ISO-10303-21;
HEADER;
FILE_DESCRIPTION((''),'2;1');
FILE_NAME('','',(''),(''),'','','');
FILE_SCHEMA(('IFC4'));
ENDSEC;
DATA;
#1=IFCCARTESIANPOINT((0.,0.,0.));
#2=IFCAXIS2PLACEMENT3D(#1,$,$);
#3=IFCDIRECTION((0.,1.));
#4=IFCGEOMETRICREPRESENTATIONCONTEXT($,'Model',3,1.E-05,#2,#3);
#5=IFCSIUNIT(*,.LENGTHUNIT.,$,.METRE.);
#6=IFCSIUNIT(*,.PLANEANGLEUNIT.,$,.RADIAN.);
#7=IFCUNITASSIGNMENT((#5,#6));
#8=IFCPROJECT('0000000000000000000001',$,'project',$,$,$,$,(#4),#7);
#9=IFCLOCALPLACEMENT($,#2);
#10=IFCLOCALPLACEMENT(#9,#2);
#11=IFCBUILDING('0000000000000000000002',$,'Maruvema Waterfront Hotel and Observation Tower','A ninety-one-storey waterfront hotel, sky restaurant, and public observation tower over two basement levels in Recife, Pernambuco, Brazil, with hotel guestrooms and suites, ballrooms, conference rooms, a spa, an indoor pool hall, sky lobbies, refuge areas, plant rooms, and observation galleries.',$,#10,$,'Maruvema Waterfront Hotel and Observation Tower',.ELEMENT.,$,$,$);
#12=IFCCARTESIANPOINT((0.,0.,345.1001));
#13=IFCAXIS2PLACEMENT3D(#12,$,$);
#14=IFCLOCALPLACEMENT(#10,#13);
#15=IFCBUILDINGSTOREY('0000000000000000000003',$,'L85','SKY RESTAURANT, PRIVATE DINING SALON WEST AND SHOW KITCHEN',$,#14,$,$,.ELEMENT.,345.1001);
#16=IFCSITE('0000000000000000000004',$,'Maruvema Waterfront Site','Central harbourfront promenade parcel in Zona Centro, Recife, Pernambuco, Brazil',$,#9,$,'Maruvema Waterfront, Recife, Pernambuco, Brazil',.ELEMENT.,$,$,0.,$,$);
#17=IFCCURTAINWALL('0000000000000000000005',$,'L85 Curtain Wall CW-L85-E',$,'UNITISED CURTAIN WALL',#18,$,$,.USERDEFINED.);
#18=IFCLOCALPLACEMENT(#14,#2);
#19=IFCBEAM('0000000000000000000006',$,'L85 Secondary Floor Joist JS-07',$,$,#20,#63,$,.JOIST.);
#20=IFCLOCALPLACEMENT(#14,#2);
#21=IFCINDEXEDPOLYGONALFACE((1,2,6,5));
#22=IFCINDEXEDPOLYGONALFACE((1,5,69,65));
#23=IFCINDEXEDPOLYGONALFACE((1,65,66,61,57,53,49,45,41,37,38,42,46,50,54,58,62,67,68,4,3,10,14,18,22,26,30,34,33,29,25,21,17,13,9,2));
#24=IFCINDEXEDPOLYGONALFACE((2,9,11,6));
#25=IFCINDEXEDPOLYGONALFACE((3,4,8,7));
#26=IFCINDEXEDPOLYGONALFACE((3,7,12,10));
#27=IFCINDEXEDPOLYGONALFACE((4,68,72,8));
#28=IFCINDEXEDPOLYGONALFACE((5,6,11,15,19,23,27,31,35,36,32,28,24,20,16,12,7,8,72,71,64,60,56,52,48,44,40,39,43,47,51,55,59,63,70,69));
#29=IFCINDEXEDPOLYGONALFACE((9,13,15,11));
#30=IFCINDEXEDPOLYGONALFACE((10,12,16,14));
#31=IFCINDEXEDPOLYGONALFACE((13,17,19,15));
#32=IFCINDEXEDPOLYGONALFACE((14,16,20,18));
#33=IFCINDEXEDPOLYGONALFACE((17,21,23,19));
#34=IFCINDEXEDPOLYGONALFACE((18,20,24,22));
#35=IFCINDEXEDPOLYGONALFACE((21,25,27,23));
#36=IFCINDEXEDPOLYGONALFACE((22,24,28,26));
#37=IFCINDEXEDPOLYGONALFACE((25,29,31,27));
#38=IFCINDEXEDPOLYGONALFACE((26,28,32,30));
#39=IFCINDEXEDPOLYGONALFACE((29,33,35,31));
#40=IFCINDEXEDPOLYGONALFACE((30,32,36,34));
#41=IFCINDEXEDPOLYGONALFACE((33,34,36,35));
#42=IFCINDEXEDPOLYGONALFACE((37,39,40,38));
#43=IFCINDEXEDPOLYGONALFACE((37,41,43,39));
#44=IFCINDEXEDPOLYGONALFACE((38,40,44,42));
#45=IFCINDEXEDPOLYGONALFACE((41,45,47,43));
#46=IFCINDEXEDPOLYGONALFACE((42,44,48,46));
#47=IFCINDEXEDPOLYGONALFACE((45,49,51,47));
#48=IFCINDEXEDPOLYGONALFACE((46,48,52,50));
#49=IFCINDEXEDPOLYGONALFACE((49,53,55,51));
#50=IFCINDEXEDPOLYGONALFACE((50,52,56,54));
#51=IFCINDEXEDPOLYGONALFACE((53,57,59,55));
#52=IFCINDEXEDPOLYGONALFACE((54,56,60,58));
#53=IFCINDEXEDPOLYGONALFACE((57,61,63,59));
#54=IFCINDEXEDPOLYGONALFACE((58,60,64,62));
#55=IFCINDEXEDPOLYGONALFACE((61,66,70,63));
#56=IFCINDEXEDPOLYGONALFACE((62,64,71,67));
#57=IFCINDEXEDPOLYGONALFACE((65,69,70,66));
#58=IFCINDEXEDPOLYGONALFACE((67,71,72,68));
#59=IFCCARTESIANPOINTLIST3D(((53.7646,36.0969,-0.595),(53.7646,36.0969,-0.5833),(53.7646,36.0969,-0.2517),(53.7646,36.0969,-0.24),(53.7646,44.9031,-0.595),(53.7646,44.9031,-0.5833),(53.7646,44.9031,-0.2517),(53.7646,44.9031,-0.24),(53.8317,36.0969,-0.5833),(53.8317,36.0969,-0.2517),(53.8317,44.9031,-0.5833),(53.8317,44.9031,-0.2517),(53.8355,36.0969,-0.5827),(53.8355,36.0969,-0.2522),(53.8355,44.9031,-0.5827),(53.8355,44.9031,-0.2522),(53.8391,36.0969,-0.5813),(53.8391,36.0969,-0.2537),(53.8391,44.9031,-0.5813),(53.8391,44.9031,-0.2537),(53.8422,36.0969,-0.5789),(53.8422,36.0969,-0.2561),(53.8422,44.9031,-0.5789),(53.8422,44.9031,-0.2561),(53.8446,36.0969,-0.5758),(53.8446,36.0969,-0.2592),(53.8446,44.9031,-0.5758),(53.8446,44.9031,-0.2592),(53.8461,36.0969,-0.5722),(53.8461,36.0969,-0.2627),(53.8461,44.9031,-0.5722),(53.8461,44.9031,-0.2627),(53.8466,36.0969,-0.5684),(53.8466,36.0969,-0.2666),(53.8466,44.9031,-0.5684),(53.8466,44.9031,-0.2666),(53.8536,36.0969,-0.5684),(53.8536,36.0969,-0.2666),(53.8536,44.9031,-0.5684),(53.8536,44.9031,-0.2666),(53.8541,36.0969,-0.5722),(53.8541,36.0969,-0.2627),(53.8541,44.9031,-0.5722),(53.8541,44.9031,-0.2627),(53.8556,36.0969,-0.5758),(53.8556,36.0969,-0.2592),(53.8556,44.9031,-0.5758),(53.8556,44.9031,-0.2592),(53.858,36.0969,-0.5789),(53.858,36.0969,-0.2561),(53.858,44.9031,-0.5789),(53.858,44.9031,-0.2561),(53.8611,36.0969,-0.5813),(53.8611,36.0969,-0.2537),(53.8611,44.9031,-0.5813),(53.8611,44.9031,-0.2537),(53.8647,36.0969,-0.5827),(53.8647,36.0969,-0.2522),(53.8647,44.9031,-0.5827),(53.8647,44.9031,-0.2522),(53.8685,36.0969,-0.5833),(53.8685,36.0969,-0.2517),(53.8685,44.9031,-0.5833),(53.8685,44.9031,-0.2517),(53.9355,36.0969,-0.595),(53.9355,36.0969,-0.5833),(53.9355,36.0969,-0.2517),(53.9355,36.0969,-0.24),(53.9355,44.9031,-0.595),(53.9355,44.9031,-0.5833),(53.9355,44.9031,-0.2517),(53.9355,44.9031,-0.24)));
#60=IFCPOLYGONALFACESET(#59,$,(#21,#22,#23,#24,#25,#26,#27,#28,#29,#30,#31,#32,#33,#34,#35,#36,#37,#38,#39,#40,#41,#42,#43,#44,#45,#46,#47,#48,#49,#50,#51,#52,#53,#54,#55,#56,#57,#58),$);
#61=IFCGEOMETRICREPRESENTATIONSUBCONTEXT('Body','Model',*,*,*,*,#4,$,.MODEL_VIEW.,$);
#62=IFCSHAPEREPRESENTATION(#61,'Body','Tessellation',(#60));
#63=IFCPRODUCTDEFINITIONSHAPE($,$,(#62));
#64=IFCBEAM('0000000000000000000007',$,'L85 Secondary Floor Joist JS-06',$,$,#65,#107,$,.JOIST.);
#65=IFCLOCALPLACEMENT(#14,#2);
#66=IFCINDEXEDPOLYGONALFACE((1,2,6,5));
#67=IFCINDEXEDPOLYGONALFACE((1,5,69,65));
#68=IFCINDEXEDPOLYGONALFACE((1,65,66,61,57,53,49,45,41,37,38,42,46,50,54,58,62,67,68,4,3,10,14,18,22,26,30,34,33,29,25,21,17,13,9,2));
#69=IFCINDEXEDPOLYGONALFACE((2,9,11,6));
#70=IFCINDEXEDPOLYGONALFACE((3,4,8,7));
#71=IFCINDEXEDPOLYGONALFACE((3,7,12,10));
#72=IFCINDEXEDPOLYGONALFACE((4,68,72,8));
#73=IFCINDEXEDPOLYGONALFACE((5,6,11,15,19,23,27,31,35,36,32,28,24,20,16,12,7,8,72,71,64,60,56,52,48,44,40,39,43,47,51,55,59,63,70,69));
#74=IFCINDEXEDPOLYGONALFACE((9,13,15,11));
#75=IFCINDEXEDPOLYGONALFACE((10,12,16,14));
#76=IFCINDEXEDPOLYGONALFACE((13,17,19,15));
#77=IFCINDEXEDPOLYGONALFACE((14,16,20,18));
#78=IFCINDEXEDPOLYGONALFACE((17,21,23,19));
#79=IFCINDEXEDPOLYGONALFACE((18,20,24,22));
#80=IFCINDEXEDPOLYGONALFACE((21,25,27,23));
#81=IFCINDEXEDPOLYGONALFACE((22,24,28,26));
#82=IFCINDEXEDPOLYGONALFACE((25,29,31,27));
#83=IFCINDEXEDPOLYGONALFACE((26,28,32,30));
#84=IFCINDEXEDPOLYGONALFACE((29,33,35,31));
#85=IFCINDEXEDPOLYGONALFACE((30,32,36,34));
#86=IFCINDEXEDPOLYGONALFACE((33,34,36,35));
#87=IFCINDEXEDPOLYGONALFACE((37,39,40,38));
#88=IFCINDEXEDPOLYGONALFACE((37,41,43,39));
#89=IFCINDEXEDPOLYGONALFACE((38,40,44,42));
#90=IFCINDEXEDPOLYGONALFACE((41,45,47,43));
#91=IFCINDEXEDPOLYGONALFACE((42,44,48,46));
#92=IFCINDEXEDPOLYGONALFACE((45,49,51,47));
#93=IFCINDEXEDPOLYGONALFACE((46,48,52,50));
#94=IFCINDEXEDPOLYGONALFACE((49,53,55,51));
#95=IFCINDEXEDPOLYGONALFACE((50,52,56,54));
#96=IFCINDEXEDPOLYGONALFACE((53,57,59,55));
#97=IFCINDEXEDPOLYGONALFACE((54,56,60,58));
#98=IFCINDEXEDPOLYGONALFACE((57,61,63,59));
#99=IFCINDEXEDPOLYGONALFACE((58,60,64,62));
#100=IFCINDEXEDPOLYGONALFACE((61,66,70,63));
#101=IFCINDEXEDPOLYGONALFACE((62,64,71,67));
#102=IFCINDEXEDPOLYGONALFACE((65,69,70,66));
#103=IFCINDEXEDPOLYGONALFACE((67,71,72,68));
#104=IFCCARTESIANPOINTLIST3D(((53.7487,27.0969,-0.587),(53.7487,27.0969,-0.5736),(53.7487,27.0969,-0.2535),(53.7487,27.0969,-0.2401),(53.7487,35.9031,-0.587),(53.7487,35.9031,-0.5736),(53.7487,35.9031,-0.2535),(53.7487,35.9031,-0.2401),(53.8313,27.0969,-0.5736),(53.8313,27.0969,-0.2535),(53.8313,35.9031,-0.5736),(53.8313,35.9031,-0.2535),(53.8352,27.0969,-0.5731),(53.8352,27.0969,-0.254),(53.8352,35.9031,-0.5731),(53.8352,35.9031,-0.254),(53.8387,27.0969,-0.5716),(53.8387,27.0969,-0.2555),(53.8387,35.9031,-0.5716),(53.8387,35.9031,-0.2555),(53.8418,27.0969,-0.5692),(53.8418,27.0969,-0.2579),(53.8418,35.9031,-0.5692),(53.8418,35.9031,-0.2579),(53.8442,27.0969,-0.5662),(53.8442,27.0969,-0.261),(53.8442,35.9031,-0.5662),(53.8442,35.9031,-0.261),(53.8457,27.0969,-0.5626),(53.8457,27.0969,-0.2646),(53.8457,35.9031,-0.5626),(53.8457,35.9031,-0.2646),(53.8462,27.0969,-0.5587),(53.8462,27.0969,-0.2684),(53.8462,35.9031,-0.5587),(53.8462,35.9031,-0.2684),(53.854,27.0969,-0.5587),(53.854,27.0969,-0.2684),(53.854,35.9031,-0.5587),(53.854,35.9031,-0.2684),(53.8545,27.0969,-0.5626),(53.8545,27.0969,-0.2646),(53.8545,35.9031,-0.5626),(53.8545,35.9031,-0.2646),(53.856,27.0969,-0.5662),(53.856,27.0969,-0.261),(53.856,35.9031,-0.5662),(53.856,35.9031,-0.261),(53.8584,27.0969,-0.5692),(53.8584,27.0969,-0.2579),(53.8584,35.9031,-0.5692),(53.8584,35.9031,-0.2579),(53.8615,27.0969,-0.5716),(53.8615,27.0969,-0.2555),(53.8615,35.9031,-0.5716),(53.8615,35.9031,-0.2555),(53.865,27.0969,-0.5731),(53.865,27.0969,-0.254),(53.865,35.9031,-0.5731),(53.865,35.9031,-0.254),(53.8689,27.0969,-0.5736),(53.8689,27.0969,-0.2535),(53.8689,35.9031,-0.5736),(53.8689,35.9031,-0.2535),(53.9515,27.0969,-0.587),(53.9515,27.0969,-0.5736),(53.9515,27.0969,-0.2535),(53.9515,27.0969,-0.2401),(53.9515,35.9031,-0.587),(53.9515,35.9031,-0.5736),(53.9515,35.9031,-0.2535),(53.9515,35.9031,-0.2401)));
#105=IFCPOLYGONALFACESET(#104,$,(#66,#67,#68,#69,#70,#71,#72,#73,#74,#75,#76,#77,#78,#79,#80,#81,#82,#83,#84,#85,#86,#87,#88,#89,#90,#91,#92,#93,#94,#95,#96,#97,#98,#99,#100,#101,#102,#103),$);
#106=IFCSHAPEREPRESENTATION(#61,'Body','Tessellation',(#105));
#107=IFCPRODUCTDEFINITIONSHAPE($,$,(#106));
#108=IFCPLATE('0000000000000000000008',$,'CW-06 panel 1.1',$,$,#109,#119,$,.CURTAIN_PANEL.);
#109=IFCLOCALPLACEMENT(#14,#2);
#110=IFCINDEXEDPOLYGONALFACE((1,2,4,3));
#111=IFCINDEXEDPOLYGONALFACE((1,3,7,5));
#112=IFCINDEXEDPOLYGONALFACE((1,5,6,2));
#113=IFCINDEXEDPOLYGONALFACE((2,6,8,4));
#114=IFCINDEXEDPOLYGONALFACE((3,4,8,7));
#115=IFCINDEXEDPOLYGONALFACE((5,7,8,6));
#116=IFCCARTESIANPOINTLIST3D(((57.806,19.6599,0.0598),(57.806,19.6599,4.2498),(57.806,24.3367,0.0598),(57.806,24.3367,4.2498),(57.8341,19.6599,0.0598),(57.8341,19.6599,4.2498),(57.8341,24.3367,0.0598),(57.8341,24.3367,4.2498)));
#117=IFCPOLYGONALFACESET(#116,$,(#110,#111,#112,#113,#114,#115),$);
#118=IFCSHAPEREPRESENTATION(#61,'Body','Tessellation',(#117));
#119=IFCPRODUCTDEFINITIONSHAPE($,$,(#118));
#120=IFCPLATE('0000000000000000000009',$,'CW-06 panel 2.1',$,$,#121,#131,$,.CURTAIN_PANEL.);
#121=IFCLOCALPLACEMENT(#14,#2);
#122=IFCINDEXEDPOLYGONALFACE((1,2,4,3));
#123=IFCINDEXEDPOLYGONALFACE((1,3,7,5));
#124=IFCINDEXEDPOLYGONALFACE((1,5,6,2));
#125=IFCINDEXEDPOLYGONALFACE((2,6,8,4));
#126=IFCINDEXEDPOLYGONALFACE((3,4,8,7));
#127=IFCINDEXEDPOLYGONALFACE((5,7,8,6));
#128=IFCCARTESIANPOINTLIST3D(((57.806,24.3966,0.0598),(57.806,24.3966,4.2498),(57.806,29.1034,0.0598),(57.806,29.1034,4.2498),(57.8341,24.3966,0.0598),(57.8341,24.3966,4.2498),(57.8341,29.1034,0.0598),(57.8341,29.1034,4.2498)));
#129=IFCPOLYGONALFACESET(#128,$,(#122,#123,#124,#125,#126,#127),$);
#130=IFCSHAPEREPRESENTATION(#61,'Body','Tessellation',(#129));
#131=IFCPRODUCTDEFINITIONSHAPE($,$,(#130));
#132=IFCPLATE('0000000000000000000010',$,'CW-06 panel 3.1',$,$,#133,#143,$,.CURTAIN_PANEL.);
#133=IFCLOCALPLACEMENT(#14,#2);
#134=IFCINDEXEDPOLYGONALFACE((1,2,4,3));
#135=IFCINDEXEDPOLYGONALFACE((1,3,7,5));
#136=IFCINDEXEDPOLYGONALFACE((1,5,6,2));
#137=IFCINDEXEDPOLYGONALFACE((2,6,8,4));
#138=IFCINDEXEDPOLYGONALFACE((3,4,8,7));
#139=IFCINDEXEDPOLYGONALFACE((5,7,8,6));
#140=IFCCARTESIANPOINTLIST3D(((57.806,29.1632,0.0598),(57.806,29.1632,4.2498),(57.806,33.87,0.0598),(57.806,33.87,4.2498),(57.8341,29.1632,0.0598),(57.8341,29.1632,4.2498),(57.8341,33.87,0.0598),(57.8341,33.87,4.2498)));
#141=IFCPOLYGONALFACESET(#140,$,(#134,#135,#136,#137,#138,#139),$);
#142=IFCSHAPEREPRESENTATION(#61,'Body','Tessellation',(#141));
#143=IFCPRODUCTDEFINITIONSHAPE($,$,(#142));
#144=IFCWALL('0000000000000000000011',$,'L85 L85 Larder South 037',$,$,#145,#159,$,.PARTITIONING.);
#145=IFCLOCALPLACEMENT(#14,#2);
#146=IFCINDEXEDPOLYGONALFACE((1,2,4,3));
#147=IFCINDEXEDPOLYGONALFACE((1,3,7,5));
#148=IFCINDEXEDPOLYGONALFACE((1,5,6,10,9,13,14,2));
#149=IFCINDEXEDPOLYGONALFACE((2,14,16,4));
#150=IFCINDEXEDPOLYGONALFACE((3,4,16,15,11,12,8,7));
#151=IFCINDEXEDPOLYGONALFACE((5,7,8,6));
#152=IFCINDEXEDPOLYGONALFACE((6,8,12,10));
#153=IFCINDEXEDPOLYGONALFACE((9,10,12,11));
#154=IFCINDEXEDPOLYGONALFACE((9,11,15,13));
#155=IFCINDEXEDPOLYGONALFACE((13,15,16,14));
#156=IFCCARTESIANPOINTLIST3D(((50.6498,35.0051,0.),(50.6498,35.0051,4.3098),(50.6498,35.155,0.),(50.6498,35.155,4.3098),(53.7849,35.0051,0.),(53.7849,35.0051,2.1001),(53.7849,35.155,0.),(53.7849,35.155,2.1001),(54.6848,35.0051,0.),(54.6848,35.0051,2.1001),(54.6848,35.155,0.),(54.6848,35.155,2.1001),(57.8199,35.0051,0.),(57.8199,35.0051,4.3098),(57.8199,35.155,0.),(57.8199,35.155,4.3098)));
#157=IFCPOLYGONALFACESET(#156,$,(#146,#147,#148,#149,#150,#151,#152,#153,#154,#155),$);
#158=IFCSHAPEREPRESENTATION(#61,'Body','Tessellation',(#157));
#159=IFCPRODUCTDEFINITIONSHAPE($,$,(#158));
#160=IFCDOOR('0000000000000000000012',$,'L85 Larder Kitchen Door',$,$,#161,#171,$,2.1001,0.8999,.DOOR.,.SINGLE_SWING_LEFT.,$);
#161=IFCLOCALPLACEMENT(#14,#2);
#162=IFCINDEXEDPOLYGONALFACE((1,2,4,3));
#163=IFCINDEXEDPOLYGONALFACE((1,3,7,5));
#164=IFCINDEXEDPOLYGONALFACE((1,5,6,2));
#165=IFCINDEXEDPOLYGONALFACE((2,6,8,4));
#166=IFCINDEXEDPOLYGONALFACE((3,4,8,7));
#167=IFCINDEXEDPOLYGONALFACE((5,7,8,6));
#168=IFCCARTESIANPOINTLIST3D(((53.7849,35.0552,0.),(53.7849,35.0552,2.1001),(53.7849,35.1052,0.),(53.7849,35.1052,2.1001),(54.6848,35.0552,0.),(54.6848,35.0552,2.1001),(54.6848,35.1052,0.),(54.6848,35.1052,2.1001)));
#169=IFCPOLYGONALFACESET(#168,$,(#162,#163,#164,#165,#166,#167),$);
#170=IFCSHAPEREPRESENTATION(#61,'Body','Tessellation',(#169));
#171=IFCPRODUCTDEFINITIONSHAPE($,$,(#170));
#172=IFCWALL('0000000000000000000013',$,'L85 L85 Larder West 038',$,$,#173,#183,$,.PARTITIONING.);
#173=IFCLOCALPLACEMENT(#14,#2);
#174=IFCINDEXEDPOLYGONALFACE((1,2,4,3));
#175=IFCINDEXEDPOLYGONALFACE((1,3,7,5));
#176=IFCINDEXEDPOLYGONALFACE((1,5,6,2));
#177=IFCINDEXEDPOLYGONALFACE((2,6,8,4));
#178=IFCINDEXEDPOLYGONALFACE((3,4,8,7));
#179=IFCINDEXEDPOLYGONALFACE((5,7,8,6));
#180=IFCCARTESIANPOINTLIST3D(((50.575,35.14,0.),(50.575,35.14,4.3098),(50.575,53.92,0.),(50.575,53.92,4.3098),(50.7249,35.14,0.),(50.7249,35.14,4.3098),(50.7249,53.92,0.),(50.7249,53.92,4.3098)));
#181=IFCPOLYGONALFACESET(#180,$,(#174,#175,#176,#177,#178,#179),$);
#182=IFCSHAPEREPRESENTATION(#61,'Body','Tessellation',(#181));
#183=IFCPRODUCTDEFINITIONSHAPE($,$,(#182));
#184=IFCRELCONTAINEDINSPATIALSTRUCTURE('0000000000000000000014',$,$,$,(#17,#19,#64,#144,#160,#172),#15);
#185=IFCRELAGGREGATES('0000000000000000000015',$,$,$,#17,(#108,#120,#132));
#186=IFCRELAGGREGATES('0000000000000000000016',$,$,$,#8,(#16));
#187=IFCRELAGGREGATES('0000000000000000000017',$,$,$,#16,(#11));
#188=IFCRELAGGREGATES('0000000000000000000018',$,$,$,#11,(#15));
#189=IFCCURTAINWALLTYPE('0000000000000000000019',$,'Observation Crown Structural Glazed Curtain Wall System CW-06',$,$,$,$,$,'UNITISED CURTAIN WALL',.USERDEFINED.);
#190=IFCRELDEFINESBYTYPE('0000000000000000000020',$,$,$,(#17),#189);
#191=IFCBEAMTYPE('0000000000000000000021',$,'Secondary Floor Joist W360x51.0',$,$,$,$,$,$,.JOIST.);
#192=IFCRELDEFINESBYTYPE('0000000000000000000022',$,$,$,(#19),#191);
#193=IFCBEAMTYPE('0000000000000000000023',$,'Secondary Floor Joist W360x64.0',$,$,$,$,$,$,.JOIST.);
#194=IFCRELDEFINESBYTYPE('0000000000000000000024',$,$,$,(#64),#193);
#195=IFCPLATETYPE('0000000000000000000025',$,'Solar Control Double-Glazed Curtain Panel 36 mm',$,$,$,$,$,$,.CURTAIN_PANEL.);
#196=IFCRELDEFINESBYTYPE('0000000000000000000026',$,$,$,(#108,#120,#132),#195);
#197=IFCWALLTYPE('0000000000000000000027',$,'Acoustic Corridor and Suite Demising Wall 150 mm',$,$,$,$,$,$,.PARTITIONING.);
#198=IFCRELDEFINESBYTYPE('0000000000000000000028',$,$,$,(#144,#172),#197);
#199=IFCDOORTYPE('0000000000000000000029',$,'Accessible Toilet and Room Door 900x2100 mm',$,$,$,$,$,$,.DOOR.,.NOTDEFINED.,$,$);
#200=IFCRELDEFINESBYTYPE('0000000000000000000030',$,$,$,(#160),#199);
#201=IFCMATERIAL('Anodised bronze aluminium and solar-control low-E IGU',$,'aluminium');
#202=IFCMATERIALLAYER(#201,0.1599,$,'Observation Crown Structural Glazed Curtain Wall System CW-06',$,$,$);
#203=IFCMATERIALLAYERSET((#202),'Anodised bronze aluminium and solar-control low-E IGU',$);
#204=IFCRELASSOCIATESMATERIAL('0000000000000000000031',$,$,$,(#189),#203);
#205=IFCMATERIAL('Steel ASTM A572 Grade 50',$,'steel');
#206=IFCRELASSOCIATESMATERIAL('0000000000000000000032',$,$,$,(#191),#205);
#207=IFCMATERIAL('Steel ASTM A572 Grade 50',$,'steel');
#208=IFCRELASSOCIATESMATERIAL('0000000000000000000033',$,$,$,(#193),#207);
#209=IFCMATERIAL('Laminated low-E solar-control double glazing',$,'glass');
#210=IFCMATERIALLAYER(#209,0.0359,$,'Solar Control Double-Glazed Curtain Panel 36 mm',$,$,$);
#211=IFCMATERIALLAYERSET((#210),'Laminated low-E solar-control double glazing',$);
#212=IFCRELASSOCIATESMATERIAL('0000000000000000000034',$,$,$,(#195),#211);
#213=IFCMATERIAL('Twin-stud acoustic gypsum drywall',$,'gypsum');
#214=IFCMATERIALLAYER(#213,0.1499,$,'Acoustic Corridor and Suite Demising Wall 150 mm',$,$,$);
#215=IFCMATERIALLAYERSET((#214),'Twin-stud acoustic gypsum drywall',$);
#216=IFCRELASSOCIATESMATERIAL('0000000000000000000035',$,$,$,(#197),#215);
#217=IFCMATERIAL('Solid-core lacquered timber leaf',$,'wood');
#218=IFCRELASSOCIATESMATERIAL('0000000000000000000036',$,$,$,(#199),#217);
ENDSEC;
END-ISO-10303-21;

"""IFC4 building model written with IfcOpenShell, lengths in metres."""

from ifc_helpers import new_model, si_unit, direction, frame, frame_2d, origin, origin_2d, place, context, subcontext, project, spatial, rectangle, i_section, extrude, material, layer, layer_set, material_profile, profile_set, type_object, element, fill, aggregate, save


model = new_model("IFC4")

# Units and contexts
model_context = context("Model", 3, precision=1e-05, world=origin(), true_north=direction((0.0, 1.0)))
body_context = subcontext(model_context, "Body", "Model", "MODEL_VIEW")
ifc_project = project(units=[si_unit("LENGTHUNIT", "METRE"), si_unit("PLANEANGLEUNIT", "RADIAN")], contexts=[model_context])

# Site, building, storey
site_placement = place(None, origin())
site = spatial("IfcSite", under=ifc_project, at=site_placement, Name="Maruvema Waterfront Site", Description="Central harbourfront promenade parcel in Zona Centro, Recife, Pernambuco, Brazil", LongName="Maruvema Waterfront, Recife, Pernambuco, Brazil", CompositionType="ELEMENT", RefElevation=0.0)
building_placement = place(site_placement, origin())
building = spatial("IfcBuilding", under=site, at=building_placement, Name="Maruvema Waterfront Hotel and Observation Tower", Description="A ninety-one-storey waterfront hotel, sky restaurant, and public observation tower over two basement levels in Recife, Pernambuco, Brazil, with hotel guestrooms and suites, ballrooms, conference rooms, a spa, an indoor pool hall, sky lobbies, refuge areas, plant rooms, and observation galleries.", LongName="Maruvema Waterfront Hotel and Observation Tower", CompositionType="ELEMENT")
storey_placement = place(building_placement, frame((0.0, 0.0, 345.1001)))
storey = spatial("IfcBuildingStorey", under=building, at=storey_placement, Name="L85", Description="SKY RESTAURANT, PRIVATE DINING SALON WEST AND SHOW KITCHEN", CompositionType="ELEMENT", Elevation=345.1001)

# Curtain wall
ifc_material_1 = material(Name="Anodised bronze aluminium and solar-control low-E IGU", Category="aluminium")
ifc_layer_1 = layer(ifc_material_1, 0.1599, Name="Observation Crown Structural Glazed Curtain Wall System CW-06")
ifc_layer_set_1 = layer_set([ifc_layer_1], Name="Anodised bronze aluminium and solar-control low-E IGU")
curtain_wall_type = type_object("IfcCurtainWallType", Name="Observation Crown Structural Glazed Curtain Wall System CW-06", ElementType="UNITISED CURTAIN WALL", PredefinedType="USERDEFINED", material=ifc_layer_set_1)
curtain_wall_1_placement = place(storey_placement, origin())
curtain_wall_1 = element("IfcCurtainWall", 1, at=curtain_wall_1_placement, inside=storey, type_object=curtain_wall_type, Name="L85 Curtain Wall CW-L85-E", ObjectType="UNITISED CURTAIN WALL", PredefinedType="USERDEFINED")

# Beams
ifc_material_2 = material(Name="Steel ASTM A572 Grade 50", Category="steel")
ifc_material_profile_1 = material_profile(ifc_material_2, i_section(OverallWidth=0.1709, OverallDepth=0.355, WebThickness=0.0071, FlangeThickness=0.0117, FilletRadius=0.0149, at=origin_2d()), Name="W360x51.0")
ifc_profile_set_1 = profile_set([ifc_material_profile_1], Name="Steel ASTM A572 Grade 50")
beam_type_1 = type_object("IfcBeamType", Name="Secondary Floor Joist W360x51.0", PredefinedType="JOIST", material=ifc_profile_set_1)
beam_1_placement = place(storey_placement, frame((53.8501, 36.0969, -0.4175), z_axis=(0.0, 1.0, 0.0), x_axis=(-1.0, 0.0, 0.0)))
element("IfcBeam", 2, at=beam_1_placement, inside=storey, type_object=beam_type_1, Name="L85 Secondary Floor Joist JS-07", PredefinedType="JOIST", context=body_context, shape_type="SweptSolid", body=[
    extrude(i_section(OverallWidth=0.1709, OverallDepth=0.355, WebThickness=0.0071, FlangeThickness=0.0117, FilletRadius=0.0149, at=origin_2d()), origin(), (0.0, 0.0, 1.0), 8.8062),
])
ifc_material_3 = material(Name="Steel ASTM A572 Grade 50", Category="steel")
ifc_material_profile_2 = material_profile(ifc_material_3, i_section(OverallWidth=0.2029, OverallDepth=0.3469, WebThickness=0.0078, FlangeThickness=0.0134, FilletRadius=0.0149, at=origin_2d()), Name="W360x64.0")
ifc_profile_set_2 = profile_set([ifc_material_profile_2], Name="Steel ASTM A572 Grade 50")
beam_type_2 = type_object("IfcBeamType", Name="Secondary Floor Joist W360x64.0", PredefinedType="JOIST", material=ifc_profile_set_2)
beam_2_placement = place(storey_placement, frame((53.8501, 27.0969, -0.4136), z_axis=(0.0, 1.0, 0.0), x_axis=(-1.0, 0.0, 0.0)))
element("IfcBeam", 3, at=beam_2_placement, inside=storey, type_object=beam_type_2, Name="L85 Secondary Floor Joist JS-06", PredefinedType="JOIST", context=body_context, shape_type="SweptSolid", body=[
    extrude(i_section(OverallWidth=0.2029, OverallDepth=0.3469, WebThickness=0.0078, FlangeThickness=0.0134, FilletRadius=0.0149, at=origin_2d()), origin(), (0.0, 0.0, 1.0), 8.8062),
])

# Plates
ifc_material_4 = material(Name="Laminated low-E solar-control double glazing", Category="glass")
ifc_layer_2 = layer(ifc_material_4, 0.0359, Name="Solar Control Double-Glazed Curtain Panel 36 mm")
ifc_layer_set_2 = layer_set([ifc_layer_2], Name="Laminated low-E solar-control double glazing")
plate_type = type_object("IfcPlateType", Name="Solar Control Double-Glazed Curtain Panel 36 mm", PredefinedType="CURTAIN_PANEL", material=ifc_layer_set_2)
plate_1_placement = place(storey_placement, frame((57.8201, 21.9983, 0.0598), z_axis=(0.0, 0.0, 1.0), x_axis=(0.0, 1.0, 0.0)))
plate_1 = element("IfcPlate", 4, at=plate_1_placement, type_object=plate_type, Name="CW-06 panel 1.1", PredefinedType="CURTAIN_PANEL", context=body_context, shape_type="SweptSolid", body=[
    extrude(rectangle(XDim=4.6768, YDim=0.0281, at=origin_2d()), origin(), (0.0, 0.0, 1.0), 4.1899),
])
plate_2_placement = place(storey_placement, frame((57.8201, 26.75, 0.0598), z_axis=(0.0, 0.0, 1.0), x_axis=(0.0, 1.0, 0.0)))
plate_2 = element("IfcPlate", 5, at=plate_2_placement, type_object=plate_type, Name="CW-06 panel 2.1", PredefinedType="CURTAIN_PANEL", context=body_context, shape_type="SweptSolid", body=[
    extrude(rectangle(XDim=4.7068, YDim=0.0281, at=origin_2d()), origin(), (0.0, 0.0, 1.0), 4.1899),
])
plate_3_placement = place(storey_placement, frame((57.8201, 31.5166, 0.0598), z_axis=(0.0, 0.0, 1.0), x_axis=(0.0, 1.0, 0.0)))
plate_3 = element("IfcPlate", 6, at=plate_3_placement, type_object=plate_type, Name="CW-06 panel 3.1", PredefinedType="CURTAIN_PANEL", context=body_context, shape_type="SweptSolid", body=[
    extrude(rectangle(XDim=4.7068, YDim=0.0281, at=origin_2d()), origin(), (0.0, 0.0, 1.0), 4.1899),
])
aggregate(curtain_wall_1, [plate_1, plate_2, plate_3])

# Wall, opening, door
ifc_material_5 = material(Name="Twin-stud acoustic gypsum drywall", Category="gypsum")
ifc_layer_3 = layer(ifc_material_5, 0.1499, Name="Acoustic Corridor and Suite Demising Wall 150 mm")
ifc_layer_set_3 = layer_set([ifc_layer_3], Name="Twin-stud acoustic gypsum drywall")
wall_type_1 = type_object("IfcWallType", Name="Acoustic Corridor and Suite Demising Wall 150 mm", PredefinedType="PARTITIONING", material=ifc_layer_set_3)
wall_1_placement = place(storey_placement, frame((50.6499, 35.0801, 0.0), z_axis=(0.0, 0.0, 1.0), x_axis=(1.0, 0.0, 0.0)))
wall_1 = element("IfcWall", 7, at=wall_1_placement, inside=storey, type_object=wall_type_1, Name="L85 L85 Larder South 037", PredefinedType="PARTITIONING", context=body_context, shape_type="SweptSolid", body=[
    extrude(rectangle(XDim=7.1702, YDim=0.1499, at=frame_2d((3.585, 0.0))), origin(), (0.0, 0.0, 1.0), 4.3098),
])
opening_1_placement = place(wall_1_placement, frame((3.135, 0.0, 0.0)))
opening_1 = element("IfcOpeningElement", 8, at=opening_1_placement, cuts=wall_1, PredefinedType="OPENING", context=body_context, shape_type="SweptSolid", body=[
    extrude(rectangle(XDim=0.8999, YDim=2.1001, at=frame_2d((0.45, 1.05))), frame((0.0, 0.085, 0.0), z_axis=(0.0, -1.0, 0.0), x_axis=(1.0, 0.0, 0.0)), (0.0, 0.0, 1.0), 0.1699),
])
ifc_material_6 = material(Name="Solid-core lacquered timber leaf", Category="wood")
door_type = type_object("IfcDoorType", Name="Accessible Toilet and Room Door 900x2100 mm", OperationType="NOTDEFINED", PredefinedType="DOOR", material=ifc_material_6)
door_placement = place(opening_1_placement, frame((0.8999, 0.0, 0.0), z_axis=(0.0, 0.0, 1.0), x_axis=(-1.0, 0.0, 0.0)))
door = element("IfcDoor", 9, at=door_placement, inside=storey, type_object=door_type, Name="L85 Larder Kitchen Door", OperationType="SINGLE_SWING_LEFT", OverallHeight=2.1001, OverallWidth=0.8999, PredefinedType="DOOR", context=body_context, shape_type="SweptSolid", body=[
    extrude(rectangle(XDim=0.8999, YDim=2.1001, at=frame_2d((0.45, 1.05))), frame((0.0, 0.0249, 0.0), z_axis=(0.0, -1.0, 0.0), x_axis=(1.0, 0.0, 0.0)), (0.0, 0.0, 1.0), 0.05),
])
fill(opening_1, door)

# Wall
wall_2_placement = place(storey_placement, frame((50.6499, 35.1399, 0.0), z_axis=(0.0, 0.0, 1.0), x_axis=(0.0, 1.0, 0.0)))
element("IfcWall", 10, at=wall_2_placement, inside=storey, type_object=wall_type_1, Name="L85 L85 Larder West 038", PredefinedType="PARTITIONING", context=body_context, shape_type="SweptSolid", body=[
    extrude(rectangle(XDim=18.78, YDim=0.1499, at=frame_2d((9.3901, 0.0))), origin(), (0.0, 0.0, 1.0), 4.3098),
])

save(model, "model.ifc")
